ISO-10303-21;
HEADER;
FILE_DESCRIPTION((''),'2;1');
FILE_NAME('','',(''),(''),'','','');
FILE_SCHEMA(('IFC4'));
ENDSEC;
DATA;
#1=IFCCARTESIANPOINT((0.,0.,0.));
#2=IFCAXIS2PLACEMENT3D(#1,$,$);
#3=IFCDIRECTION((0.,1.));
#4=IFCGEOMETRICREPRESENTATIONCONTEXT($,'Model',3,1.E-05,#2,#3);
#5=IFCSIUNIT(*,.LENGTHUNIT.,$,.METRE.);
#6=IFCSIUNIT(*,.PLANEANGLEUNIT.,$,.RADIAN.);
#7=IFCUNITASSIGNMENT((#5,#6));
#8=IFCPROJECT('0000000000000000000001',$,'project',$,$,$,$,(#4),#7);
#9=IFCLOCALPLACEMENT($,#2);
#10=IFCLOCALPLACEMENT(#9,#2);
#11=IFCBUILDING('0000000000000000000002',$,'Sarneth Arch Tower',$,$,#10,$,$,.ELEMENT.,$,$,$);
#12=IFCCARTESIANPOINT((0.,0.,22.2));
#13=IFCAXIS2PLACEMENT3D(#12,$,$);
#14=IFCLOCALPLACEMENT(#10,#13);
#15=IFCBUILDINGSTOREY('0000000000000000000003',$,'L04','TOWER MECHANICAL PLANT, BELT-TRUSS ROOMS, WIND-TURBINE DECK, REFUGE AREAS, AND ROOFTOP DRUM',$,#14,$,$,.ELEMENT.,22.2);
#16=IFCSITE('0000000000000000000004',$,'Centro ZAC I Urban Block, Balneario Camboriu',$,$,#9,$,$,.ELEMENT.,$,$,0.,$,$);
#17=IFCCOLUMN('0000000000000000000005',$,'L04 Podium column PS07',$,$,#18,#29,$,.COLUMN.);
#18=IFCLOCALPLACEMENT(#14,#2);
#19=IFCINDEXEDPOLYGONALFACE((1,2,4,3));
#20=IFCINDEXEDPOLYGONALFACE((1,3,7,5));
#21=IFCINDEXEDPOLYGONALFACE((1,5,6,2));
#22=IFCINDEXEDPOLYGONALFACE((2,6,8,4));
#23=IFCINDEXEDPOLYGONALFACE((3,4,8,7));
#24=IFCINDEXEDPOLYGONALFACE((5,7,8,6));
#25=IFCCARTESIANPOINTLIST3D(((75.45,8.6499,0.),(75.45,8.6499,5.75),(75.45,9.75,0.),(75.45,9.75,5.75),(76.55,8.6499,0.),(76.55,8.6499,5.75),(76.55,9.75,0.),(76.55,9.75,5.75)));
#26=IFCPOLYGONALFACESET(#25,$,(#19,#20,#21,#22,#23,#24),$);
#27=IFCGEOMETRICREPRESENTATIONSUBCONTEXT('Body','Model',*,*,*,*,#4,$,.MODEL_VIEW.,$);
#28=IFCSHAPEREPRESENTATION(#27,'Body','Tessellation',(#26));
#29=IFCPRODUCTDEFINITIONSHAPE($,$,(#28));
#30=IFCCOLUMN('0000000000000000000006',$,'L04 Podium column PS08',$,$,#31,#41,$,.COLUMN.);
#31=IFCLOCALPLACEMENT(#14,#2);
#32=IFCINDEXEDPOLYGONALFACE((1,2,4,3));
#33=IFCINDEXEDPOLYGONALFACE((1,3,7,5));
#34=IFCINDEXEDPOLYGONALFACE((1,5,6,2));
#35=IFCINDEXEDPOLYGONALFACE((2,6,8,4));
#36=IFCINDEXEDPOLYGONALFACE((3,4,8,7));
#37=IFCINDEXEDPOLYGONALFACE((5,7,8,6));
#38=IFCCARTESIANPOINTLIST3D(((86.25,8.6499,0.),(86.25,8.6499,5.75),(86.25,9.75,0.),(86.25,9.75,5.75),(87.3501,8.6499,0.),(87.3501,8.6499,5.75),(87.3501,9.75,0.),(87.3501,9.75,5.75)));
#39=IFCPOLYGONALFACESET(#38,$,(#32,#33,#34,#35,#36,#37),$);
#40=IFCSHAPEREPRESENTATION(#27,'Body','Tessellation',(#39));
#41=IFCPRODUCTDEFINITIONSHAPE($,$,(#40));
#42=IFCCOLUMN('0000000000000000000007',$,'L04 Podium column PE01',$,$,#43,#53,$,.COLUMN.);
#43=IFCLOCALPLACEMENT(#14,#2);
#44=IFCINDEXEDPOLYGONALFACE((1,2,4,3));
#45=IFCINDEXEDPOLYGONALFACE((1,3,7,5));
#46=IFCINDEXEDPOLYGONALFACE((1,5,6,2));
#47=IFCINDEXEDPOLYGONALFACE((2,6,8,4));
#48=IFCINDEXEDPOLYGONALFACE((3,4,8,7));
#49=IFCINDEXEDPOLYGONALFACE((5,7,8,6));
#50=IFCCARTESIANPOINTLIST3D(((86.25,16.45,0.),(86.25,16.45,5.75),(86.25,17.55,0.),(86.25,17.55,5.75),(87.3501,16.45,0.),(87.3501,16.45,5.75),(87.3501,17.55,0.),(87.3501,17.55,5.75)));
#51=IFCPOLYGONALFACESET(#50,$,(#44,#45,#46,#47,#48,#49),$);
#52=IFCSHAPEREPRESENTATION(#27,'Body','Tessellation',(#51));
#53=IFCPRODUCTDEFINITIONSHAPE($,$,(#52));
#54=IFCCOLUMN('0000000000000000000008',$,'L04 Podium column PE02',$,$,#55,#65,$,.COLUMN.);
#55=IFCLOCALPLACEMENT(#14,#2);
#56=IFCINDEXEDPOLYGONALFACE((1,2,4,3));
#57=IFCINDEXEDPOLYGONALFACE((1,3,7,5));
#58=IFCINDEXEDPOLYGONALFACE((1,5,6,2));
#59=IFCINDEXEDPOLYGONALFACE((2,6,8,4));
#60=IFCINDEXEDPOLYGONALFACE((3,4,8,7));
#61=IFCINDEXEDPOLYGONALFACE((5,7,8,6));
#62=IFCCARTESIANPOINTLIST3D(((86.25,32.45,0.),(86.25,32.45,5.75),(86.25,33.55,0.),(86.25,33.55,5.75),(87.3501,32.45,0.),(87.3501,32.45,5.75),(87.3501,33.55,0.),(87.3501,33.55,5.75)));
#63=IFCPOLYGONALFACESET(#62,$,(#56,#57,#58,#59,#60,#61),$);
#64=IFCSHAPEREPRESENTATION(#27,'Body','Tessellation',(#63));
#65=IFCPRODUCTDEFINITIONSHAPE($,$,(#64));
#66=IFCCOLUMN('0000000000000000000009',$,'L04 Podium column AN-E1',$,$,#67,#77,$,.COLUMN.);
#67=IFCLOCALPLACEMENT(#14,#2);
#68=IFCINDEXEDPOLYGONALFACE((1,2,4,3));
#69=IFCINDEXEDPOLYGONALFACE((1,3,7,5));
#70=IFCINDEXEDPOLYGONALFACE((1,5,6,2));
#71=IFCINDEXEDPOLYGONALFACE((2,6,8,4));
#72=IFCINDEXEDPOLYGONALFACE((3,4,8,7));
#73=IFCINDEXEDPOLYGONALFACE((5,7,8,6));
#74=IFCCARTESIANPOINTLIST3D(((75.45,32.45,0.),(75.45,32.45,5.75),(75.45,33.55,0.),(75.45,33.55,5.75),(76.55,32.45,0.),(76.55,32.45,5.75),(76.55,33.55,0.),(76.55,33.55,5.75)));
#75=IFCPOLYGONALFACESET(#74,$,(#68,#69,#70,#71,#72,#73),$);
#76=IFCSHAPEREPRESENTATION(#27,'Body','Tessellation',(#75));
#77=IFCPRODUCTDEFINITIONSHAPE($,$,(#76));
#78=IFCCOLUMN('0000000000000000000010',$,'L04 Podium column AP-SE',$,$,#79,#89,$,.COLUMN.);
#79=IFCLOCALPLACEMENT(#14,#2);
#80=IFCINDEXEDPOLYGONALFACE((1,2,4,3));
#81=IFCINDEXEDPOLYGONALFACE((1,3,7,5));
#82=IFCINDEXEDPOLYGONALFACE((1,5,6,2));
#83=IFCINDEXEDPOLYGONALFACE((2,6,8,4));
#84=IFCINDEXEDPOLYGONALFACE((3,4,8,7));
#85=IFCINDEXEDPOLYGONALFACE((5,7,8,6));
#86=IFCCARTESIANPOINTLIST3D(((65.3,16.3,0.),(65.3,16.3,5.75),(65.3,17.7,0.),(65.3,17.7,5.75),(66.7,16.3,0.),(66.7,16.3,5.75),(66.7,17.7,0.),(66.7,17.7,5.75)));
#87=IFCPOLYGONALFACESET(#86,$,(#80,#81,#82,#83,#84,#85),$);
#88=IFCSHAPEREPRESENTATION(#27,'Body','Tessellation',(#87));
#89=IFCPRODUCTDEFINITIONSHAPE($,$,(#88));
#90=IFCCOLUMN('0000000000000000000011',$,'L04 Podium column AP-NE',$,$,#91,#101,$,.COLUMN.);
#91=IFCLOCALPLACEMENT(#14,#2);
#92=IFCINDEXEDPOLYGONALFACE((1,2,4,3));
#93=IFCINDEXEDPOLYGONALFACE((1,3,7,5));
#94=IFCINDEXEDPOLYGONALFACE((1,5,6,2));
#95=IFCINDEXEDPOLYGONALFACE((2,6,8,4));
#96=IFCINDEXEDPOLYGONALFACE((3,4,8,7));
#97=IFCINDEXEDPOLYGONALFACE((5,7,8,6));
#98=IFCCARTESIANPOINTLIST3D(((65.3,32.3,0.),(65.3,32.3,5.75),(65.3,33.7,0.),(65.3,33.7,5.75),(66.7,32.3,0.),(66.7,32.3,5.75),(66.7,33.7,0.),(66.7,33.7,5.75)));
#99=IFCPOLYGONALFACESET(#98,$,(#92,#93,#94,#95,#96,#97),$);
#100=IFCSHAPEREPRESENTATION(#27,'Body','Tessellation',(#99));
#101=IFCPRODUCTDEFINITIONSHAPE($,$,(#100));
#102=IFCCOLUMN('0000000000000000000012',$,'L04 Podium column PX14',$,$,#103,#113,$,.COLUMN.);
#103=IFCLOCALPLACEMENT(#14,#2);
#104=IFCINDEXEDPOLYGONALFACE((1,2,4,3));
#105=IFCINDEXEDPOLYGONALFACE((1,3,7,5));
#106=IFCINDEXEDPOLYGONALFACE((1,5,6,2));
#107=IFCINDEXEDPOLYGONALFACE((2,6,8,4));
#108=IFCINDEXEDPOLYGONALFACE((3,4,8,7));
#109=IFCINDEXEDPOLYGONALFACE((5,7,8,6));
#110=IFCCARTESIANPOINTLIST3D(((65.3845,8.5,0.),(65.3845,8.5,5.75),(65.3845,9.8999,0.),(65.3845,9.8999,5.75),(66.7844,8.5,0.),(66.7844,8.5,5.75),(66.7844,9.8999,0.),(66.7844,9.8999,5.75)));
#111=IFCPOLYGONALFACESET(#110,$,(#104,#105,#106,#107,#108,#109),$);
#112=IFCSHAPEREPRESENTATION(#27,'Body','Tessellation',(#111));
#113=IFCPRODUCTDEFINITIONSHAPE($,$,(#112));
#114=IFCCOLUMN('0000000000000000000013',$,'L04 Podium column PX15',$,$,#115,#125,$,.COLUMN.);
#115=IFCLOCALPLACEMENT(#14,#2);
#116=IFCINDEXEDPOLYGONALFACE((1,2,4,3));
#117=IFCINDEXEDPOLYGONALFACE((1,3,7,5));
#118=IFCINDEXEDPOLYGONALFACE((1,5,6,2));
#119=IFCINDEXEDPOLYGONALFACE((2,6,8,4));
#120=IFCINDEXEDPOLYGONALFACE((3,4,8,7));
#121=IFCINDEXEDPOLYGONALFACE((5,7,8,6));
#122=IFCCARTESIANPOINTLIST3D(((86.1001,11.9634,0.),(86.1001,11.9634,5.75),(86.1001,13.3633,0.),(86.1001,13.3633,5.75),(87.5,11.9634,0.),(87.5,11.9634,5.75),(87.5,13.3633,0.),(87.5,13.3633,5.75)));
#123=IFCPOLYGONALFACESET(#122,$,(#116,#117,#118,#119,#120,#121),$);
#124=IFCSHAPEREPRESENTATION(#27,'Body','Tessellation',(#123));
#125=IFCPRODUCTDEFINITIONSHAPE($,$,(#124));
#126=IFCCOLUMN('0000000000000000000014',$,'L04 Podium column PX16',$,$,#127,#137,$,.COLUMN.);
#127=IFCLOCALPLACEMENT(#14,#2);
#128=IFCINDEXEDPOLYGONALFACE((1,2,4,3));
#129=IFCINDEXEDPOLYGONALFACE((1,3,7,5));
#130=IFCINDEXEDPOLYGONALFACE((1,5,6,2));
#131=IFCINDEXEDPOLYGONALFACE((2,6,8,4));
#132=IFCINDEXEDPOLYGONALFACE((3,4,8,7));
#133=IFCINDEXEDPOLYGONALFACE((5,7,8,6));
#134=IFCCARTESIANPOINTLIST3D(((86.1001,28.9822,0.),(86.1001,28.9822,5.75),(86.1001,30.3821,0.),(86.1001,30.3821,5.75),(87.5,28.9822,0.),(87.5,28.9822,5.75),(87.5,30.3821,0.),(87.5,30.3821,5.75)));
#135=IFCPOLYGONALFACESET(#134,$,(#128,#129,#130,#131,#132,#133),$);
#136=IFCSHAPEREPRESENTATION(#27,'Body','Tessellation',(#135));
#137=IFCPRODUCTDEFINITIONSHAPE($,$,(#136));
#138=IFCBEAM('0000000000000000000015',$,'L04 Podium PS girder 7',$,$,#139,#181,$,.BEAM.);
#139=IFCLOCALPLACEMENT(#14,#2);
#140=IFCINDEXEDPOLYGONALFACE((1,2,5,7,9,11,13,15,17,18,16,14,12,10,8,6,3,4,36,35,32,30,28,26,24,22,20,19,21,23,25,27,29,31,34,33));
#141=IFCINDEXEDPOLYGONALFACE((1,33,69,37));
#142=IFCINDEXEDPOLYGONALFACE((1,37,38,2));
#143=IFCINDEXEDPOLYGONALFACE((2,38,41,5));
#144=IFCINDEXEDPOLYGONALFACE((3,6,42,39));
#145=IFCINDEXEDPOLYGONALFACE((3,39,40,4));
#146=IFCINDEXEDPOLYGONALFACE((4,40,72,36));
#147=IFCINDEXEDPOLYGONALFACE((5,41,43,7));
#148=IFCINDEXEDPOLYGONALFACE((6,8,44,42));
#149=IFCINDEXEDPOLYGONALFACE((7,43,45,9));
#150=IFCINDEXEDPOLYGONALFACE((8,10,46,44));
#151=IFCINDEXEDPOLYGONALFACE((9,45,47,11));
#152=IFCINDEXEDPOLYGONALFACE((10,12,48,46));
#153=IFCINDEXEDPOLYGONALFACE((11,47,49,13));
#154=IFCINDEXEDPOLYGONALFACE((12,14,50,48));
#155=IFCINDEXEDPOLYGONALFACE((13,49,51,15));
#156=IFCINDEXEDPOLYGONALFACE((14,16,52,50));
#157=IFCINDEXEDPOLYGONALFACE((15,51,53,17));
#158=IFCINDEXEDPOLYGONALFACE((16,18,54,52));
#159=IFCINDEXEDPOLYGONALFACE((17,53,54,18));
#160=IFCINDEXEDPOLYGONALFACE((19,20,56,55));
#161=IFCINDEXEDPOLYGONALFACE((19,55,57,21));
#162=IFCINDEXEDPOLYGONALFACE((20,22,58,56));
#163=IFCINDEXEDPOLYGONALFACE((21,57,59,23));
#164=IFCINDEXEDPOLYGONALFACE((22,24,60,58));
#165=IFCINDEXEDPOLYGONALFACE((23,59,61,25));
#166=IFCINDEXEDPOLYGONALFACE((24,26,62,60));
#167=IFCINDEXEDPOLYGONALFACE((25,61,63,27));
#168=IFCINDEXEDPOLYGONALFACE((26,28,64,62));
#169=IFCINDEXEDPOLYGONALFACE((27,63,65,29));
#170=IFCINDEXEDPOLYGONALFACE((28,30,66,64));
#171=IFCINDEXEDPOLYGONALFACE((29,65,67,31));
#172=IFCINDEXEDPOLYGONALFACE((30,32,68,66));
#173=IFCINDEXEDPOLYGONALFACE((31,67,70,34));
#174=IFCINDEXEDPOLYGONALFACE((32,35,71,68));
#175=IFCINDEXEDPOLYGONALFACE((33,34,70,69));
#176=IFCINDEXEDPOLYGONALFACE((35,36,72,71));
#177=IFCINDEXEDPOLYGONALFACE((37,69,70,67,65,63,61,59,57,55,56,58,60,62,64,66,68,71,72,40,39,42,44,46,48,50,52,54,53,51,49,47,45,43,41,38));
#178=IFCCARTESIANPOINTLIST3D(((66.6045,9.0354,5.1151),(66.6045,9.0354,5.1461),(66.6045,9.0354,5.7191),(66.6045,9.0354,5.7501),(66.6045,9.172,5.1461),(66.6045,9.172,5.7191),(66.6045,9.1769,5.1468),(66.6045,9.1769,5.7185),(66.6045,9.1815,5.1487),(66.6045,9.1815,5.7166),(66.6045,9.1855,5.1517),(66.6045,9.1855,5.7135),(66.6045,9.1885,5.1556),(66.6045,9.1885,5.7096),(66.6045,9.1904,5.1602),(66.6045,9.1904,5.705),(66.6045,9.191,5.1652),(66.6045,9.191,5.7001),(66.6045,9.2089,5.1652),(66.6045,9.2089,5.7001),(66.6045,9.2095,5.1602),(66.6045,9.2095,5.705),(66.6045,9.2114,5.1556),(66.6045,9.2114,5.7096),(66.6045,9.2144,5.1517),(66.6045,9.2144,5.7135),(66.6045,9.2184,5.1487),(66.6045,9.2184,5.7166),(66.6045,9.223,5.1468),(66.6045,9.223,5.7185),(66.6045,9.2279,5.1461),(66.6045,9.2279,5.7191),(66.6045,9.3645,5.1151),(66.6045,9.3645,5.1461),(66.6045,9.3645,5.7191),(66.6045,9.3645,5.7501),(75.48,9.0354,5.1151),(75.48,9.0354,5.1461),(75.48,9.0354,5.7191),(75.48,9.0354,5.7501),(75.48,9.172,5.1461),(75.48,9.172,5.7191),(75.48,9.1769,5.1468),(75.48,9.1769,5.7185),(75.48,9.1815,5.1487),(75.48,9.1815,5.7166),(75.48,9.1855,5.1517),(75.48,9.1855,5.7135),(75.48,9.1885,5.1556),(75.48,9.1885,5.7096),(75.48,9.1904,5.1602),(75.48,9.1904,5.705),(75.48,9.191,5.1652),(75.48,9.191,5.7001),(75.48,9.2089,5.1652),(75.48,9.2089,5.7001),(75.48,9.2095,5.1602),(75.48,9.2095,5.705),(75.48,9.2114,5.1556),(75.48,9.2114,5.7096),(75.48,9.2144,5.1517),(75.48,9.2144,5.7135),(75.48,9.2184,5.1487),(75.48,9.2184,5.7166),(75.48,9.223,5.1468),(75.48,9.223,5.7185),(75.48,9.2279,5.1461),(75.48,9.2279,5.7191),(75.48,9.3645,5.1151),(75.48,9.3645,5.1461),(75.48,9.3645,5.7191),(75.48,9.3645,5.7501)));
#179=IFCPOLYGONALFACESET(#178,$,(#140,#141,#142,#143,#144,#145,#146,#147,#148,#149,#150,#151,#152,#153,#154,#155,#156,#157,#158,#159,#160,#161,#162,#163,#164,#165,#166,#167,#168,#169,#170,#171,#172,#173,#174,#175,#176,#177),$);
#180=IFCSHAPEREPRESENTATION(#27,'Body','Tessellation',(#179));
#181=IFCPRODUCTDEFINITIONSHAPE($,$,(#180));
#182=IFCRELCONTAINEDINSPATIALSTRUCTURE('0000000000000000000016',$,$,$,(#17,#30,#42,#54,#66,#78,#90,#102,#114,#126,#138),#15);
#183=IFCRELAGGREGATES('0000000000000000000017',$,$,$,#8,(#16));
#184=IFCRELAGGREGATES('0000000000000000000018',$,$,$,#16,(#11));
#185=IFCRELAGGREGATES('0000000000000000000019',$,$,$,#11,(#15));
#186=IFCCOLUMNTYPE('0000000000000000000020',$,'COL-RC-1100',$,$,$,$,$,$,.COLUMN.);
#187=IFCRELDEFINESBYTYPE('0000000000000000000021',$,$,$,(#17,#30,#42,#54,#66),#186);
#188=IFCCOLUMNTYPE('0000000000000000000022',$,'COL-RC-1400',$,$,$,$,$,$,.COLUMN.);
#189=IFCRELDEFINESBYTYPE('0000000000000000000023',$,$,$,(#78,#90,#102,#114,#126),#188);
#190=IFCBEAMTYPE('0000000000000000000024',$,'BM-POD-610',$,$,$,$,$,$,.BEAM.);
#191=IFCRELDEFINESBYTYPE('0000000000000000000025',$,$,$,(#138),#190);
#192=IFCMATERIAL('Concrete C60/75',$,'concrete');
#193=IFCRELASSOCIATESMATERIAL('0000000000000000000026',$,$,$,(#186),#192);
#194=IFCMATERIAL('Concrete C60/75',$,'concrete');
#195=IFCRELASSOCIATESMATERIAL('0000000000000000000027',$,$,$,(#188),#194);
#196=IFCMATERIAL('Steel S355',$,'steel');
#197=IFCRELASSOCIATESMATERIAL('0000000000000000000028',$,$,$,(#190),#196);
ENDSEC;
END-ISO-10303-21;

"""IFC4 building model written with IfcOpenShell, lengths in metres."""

from ifc_helpers import new_model, si_unit, direction, frame, origin, origin_2d, place, context, subcontext, project, spatial, rectangle, i_section, extrude, material, material_profile, profile_set, type_object, element, save


model = new_model("IFC4")

# Units and contexts
model_context = context("Model", 3, precision=1e-05, world=origin(), true_north=direction((0.0, 1.0)))
body_context = subcontext(model_context, "Body", "Model", "MODEL_VIEW")
ifc_project = project(units=[si_unit("LENGTHUNIT", "METRE"), si_unit("PLANEANGLEUNIT", "RADIAN")], contexts=[model_context])

# Site, building, storey
site_placement = place(None, origin())
site = spatial("IfcSite", under=ifc_project, at=site_placement, Name="Centro ZAC I Urban Block, Balneario Camboriu", CompositionType="ELEMENT", RefElevation=0.0)
building_placement = place(site_placement, origin())
building = spatial("IfcBuilding", under=site, at=building_placement, Name="Sarneth Arch Tower", CompositionType="ELEMENT")
storey_placement = place(building_placement, frame((0.0, 0.0, 22.2)))
storey = spatial("IfcBuildingStorey", under=building, at=storey_placement, Name="L04", Description="TOWER MECHANICAL PLANT, BELT-TRUSS ROOMS, WIND-TURBINE DECK, REFUGE AREAS, AND ROOFTOP DRUM", CompositionType="ELEMENT", Elevation=22.2)

# Columns
ifc_material_1 = material(Name="Concrete C60/75", Category="concrete")
ifc_material_profile_1 = material_profile(ifc_material_1, rectangle(XDim=1.1001, YDim=1.1001, at=origin_2d()), Name="RC-1100x1100")
ifc_profile_set_1 = profile_set([ifc_material_profile_1], Name="Concrete C60/75")
column_type_1 = type_object("IfcColumnType", Name="COL-RC-1100", PredefinedType="COLUMN", material=ifc_profile_set_1)
for number, where, z_axis, x_axis, name in (
    (1, (76.0, 9.2, 0.0), (0.0, 0.0, 1.0), (1.0, 0.0, 0.0), "L04 Podium column PS07"),
    (2, (86.8, 9.2, 0.0), (0.0, 0.0, 1.0), (1.0, 0.0, 0.0), "L04 Podium column PS08"),
    (3, (86.8, 17.0, 0.0), (0.0, 0.0, 1.0), (1.0, 0.0, 0.0), "L04 Podium column PE01"),
    (4, (86.8, 33.0, 0.0), (0.0, 0.0, 1.0), (1.0, 0.0, 0.0), "L04 Podium column PE02"),
    (5, (76.0, 33.0, 0.0), (0.0, 0.0, 1.0), (1.0, 0.0, 0.0), "L04 Podium column AN-E1"),
):
    element("IfcColumn", number, at=place(storey_placement, frame(where, z_axis=z_axis, x_axis=x_axis)), inside=storey, type_object=column_type_1, Name=name, PredefinedType="COLUMN", context=body_context, shape_type="SweptSolid", body=[
        extrude(rectangle(XDim=1.1001, YDim=1.1001, at=origin_2d()), origin(), (0.0, 0.0, 1.0), 5.75),
    ])
ifc_material_2 = material(Name="Concrete C60/75", Category="concrete")
ifc_material_profile_2 = material_profile(ifc_material_2, rectangle(XDim=1.3999, YDim=1.3999, at=origin_2d()), Name="RC-1400x1400")
ifc_profile_set_2 = profile_set([ifc_material_profile_2], Name="Concrete C60/75")
column_type_2 = type_object("IfcColumnType", Name="COL-RC-1400", PredefinedType="COLUMN", material=ifc_profile_set_2)
for number, where, z_axis, x_axis, name in (
    (6, (66.0, 17.0, 0.0), (0.0, 0.0, 1.0), (1.0, 0.0, 0.0), "L04 Podium column AP-SE"),
    (7, (66.0, 33.0, 0.0), (0.0, 0.0, 1.0), (1.0, 0.0, 0.0), "L04 Podium column AP-NE"),
    (8, (66.0845, 9.2, 0.0), (0.0, 0.0, 1.0), (1.0, 0.0, 0.0), "L04 Podium column PX14"),
    (9, (86.8, 12.6633, 0.0), (0.0, 0.0, 1.0), (1.0, 0.0, 0.0), "L04 Podium column PX15"),
    (10, (86.8, 29.6821, 0.0), (0.0, 0.0, 1.0), (1.0, 0.0, 0.0), "L04 Podium column PX16"),
):
    element("IfcColumn", number, at=place(storey_placement, frame(where, z_axis=z_axis, x_axis=x_axis)), inside=storey, type_object=column_type_2, Name=name, PredefinedType="COLUMN", context=body_context, shape_type="SweptSolid", body=[
        extrude(rectangle(XDim=1.3999, YDim=1.3999, at=origin_2d()), origin(), (0.0, 0.0, 1.0), 5.75),
    ])

# Beam
ifc_material_3 = material(Name="Steel S355", Category="steel")
ifc_material_profile_3 = material_profile(ifc_material_3, i_section(OverallWidth=0.3291, OverallDepth=0.635, WebThickness=0.0178, FlangeThickness=0.031, FilletRadius=0.019, at=origin_2d()), Name="W610x241")
ifc_profile_set_3 = profile_set([ifc_material_profile_3], Name="Steel S355")
beam_type_1 = type_object("IfcBeamType", Name="BM-POD-610", PredefinedType="BEAM", material=ifc_profile_set_3)
beam_1_placement = place(storey_placement, frame((66.6045, 9.2, 5.4326), z_axis=(1.0, 0.0, 0.0), x_axis=(0.0, 1.0, 0.0)))
element("IfcBeam", 11, at=beam_1_placement, inside=storey, type_object=beam_type_1, Name="L04 Podium PS girder 7", PredefinedType="BEAM", context=body_context, shape_type="SweptSolid", body=[
    extrude(i_section(OverallWidth=0.3291, OverallDepth=0.635, WebThickness=0.0178, FlangeThickness=0.031, FilletRadius=0.019, at=origin_2d()), origin(), (0.0, 0.0, 1.0), 8.8755),
])

save(model, "model.ifc")
